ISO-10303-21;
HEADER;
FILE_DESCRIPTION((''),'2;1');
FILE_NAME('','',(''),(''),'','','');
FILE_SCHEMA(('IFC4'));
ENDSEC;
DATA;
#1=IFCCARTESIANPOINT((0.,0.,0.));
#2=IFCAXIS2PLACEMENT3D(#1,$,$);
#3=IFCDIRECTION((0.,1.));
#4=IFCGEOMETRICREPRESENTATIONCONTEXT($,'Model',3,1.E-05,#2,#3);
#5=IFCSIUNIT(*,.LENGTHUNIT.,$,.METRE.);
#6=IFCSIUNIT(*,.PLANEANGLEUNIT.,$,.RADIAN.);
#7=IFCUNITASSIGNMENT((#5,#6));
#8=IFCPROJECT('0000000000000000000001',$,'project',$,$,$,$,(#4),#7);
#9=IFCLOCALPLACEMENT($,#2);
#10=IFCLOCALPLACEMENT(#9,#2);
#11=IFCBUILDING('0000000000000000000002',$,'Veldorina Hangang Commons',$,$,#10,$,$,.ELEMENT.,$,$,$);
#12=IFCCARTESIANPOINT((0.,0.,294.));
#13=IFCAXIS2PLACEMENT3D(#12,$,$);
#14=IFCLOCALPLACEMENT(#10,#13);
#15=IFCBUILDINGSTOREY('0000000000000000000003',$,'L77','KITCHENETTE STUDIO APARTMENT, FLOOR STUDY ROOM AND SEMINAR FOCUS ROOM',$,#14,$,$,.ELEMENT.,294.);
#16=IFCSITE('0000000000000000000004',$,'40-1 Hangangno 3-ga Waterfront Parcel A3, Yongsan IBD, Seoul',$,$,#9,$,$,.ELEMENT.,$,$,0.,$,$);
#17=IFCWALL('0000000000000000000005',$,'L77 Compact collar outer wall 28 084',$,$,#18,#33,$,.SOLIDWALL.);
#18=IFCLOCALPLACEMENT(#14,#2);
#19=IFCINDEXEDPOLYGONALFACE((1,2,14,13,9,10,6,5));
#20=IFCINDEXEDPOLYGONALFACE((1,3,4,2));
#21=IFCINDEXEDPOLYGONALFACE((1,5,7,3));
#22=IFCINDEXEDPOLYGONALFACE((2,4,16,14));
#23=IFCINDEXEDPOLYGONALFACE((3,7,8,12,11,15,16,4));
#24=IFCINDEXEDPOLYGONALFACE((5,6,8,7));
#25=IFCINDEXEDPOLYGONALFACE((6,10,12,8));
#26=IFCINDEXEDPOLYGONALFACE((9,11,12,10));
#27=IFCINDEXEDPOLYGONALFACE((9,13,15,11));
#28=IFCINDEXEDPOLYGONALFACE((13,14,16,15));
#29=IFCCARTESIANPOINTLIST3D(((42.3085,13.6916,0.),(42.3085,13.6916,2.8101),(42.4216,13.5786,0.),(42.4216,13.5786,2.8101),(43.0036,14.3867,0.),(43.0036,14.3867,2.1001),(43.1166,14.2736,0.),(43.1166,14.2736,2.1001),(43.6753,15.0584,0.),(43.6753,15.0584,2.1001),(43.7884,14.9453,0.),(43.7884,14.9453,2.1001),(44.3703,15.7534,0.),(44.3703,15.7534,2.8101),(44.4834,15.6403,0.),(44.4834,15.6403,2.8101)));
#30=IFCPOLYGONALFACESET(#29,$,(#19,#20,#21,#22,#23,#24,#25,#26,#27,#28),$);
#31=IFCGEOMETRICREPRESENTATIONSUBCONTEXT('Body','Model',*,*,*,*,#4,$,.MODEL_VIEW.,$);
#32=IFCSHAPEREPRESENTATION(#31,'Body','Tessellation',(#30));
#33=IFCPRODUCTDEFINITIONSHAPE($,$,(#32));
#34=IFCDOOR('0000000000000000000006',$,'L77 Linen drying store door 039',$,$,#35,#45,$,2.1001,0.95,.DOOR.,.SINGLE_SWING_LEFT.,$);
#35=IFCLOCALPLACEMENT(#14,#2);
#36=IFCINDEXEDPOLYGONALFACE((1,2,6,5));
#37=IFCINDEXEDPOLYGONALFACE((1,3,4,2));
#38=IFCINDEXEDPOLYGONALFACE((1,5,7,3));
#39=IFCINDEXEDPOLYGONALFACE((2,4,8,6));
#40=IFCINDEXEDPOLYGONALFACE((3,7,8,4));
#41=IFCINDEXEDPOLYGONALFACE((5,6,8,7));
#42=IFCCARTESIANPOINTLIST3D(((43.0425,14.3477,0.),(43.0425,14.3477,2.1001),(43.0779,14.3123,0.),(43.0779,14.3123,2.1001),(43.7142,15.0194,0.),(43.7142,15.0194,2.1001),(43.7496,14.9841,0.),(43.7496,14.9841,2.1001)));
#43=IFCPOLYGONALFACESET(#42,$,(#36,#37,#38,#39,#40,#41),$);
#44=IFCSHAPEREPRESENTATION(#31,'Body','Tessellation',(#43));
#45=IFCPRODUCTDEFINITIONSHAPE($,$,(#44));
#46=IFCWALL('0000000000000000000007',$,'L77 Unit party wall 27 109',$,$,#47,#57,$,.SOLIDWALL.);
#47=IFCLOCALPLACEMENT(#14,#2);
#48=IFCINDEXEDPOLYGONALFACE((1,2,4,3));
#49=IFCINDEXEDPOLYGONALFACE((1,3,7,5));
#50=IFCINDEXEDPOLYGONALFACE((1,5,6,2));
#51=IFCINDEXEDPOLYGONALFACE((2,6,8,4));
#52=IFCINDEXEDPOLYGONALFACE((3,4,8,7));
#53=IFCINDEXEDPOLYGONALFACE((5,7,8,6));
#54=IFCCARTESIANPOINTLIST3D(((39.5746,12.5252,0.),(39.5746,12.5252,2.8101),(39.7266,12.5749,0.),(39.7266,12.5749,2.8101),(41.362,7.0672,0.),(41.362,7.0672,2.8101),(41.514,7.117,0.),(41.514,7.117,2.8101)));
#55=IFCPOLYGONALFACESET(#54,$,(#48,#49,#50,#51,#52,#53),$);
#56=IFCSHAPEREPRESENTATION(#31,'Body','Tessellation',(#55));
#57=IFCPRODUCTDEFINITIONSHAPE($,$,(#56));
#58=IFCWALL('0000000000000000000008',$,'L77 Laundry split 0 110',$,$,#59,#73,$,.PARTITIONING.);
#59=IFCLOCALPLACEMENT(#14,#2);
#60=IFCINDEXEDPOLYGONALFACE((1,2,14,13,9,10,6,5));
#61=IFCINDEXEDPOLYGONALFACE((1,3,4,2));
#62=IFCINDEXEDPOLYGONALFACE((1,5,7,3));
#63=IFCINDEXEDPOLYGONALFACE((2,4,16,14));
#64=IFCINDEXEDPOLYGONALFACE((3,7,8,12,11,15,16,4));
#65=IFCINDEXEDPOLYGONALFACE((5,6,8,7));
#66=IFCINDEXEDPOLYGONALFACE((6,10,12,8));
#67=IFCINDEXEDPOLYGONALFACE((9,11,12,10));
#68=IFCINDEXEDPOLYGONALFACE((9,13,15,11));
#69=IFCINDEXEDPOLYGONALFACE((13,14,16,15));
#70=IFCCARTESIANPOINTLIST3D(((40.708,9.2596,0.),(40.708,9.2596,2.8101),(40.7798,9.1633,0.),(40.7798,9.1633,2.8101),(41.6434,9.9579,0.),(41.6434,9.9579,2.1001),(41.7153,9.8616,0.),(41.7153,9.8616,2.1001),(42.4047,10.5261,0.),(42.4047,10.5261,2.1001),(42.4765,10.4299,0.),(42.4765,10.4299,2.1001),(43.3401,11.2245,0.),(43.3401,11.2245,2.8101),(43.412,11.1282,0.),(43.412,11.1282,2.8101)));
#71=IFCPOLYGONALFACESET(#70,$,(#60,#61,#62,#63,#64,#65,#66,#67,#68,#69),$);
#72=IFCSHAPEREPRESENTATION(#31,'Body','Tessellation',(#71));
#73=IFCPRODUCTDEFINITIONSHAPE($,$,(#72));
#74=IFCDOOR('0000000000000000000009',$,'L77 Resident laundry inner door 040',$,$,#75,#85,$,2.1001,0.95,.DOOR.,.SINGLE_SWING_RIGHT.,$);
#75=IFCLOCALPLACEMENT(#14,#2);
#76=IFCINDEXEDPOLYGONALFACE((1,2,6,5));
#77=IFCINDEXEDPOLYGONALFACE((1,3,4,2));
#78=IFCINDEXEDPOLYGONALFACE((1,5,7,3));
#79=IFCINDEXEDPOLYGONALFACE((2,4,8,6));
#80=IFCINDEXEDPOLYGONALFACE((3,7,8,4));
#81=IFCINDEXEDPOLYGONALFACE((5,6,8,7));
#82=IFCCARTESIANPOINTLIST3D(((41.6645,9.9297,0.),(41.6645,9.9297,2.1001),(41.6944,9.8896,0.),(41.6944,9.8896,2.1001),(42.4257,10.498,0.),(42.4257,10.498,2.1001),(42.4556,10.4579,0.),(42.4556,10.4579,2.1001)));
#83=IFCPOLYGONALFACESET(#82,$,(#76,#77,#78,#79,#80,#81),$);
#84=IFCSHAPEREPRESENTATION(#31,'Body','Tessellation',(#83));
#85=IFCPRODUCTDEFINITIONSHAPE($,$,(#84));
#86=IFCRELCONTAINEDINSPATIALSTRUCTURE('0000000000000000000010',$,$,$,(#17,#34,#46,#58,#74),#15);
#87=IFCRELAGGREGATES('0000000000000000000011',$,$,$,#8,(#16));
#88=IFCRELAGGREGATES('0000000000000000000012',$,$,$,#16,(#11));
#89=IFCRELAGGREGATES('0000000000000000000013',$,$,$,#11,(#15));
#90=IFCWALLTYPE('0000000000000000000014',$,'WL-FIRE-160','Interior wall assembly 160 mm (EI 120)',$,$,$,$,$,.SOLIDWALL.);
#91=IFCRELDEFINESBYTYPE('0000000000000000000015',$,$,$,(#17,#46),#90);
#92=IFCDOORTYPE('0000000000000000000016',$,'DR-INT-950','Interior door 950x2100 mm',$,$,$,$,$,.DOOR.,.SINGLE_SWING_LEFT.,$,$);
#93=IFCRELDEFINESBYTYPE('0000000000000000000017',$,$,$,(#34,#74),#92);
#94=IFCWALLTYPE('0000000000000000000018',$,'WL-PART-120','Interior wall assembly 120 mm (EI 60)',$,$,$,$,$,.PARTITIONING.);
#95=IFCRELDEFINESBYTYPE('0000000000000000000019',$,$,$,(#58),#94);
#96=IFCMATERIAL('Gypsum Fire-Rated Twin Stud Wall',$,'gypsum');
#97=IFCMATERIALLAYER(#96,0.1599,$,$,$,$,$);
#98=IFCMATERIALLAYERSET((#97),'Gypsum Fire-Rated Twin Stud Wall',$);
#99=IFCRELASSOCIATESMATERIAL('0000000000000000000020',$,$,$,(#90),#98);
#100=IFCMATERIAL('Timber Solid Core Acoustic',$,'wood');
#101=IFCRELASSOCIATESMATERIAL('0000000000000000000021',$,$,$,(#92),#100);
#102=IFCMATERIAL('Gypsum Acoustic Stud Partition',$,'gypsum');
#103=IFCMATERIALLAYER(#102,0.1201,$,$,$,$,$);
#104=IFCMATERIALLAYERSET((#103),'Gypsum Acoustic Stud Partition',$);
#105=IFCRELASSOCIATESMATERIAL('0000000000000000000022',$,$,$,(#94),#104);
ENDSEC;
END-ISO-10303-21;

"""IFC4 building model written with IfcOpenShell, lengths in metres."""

from ifc_helpers import new_model, si_unit, direction, frame, frame_2d, origin, place, context, subcontext, project, spatial, rectangle, extrude, material, layer, layer_set, type_object, element, fill, save


model = new_model("IFC4")

# Units and contexts
model_context = context("Model", 3, precision=1e-05, world=origin(), true_north=direction((0.0, 1.0)))
body_context = subcontext(model_context, "Body", "Model", "MODEL_VIEW")
ifc_project = project(units=[si_unit("LENGTHUNIT", "METRE"), si_unit("PLANEANGLEUNIT", "RADIAN")], contexts=[model_context])

# Site, building, storey
site_placement = place(None, origin())
site = spatial("IfcSite", under=ifc_project, at=site_placement, Name="40-1 Hangangno 3-ga Waterfront Parcel A3, Yongsan IBD, Seoul", CompositionType="ELEMENT", RefElevation=0.0)
building_placement = place(site_placement, origin())
building = spatial("IfcBuilding", under=site, at=building_placement, Name="Veldorina Hangang Commons", CompositionType="ELEMENT")
storey_placement = place(building_placement, frame((0.0, 0.0, 294.0)))
storey = spatial("IfcBuildingStorey", under=building, at=storey_placement, Name="L77", Description="KITCHENETTE STUDIO APARTMENT, FLOOR STUDY ROOM AND SEMINAR FOCUS ROOM", CompositionType="ELEMENT", Elevation=294.0)

# Shared definitions
ifc_material_1 = material(Name="Gypsum Fire-Rated Twin Stud Wall", Category="gypsum")
ifc_layer_1 = layer(ifc_material_1, 0.1599)
ifc_layer_set_1 = layer_set([ifc_layer_1], Name="Gypsum Fire-Rated Twin Stud Wall")
wall_type_1 = type_object("IfcWallType", Name="WL-FIRE-160", Description="Interior wall assembly 160 mm (EI 120)", PredefinedType="SOLIDWALL", material=ifc_layer_set_1)
ifc_material_2 = material(Name="Timber Solid Core Acoustic", Category="wood")

# Wall, opening, door
wall_1_placement = place(storey_placement, frame((42.365, 13.635, 0.0), z_axis=(0.0, 0.0, 1.0), x_axis=(0.707107, 0.707107, 0.0)))
wall_1 = element("IfcWall", 1, at=wall_1_placement, inside=storey, type_object=wall_type_1, Name="L77 Compact collar outer wall 28 084", PredefinedType="SOLIDWALL", context=body_context, shape_type="SweptSolid", body=[
    extrude(rectangle(XDim=2.9158, YDim=0.1599, at=frame_2d((1.458, 0.0))), origin(), (0.0, 0.0, 1.0), 2.8101),
])
opening_1_placement = place(wall_1_placement, frame((0.9829, 0.0, 0.0)))
opening_1 = element("IfcOpeningElement", 2, at=opening_1_placement, cuts=wall_1, PredefinedType="OPENING", context=body_context, shape_type="SweptSolid", body=[
    extrude(rectangle(XDim=0.95, YDim=2.1001, at=frame_2d((0.4751, 1.05))), frame((0.0, 0.0898, 0.0), z_axis=(0.0, -1.0, 0.0), x_axis=(1.0, 0.0, 0.0)), (0.0, 0.0, 1.0), 0.1799),
])
door_type_1 = type_object("IfcDoorType", Name="DR-INT-950", Description="Interior door 950x2100 mm", OperationType="SINGLE_SWING_LEFT", PredefinedType="DOOR", material=ifc_material_2)
door_1_placement = place(opening_1_placement, origin())
door_1 = element("IfcDoor", 3, at=door_1_placement, inside=storey, type_object=door_type_1, Name="L77 Linen drying store door 039", OperationType="SINGLE_SWING_LEFT", OverallHeight=2.1001, OverallWidth=0.95, PredefinedType="DOOR", context=body_context, shape_type="SweptSolid", body=[
    extrude(rectangle(XDim=0.95, YDim=2.1001, at=frame_2d((0.4751, 1.05))), frame((0.0, 0.0249, 0.0), z_axis=(0.0, -1.0, 0.0), x_axis=(1.0, 0.0, 0.0)), (0.0, 0.0, 1.0), 0.05),
])
fill(opening_1, door_1)

# Wall
wall_2_placement = place(storey_placement, frame((39.6506, 12.55, 0.0), z_axis=(0.0, 0.0, 1.0), x_axis=(0.311211, -0.950341, 0.0)))
element("IfcWall", 4, at=wall_2_placement, inside=storey, type_object=wall_type_1, Name="L77 Unit party wall 27 109", PredefinedType="SOLIDWALL", context=body_context, shape_type="SweptSolid", body=[
    extrude(rectangle(XDim=5.7432, YDim=0.1599, at=frame_2d((2.8716, 0.0))), origin(), (0.0, 0.0, 1.0), 2.8101),
])

# Wall, opening, door
ifc_material_3 = material(Name="Gypsum Acoustic Stud Partition", Category="gypsum")
ifc_layer_2 = layer(ifc_material_3, 0.1201)
ifc_layer_set_2 = layer_set([ifc_layer_2], Name="Gypsum Acoustic Stud Partition")
wall_type_2 = type_object("IfcWallType", Name="WL-PART-120", Description="Interior wall assembly 120 mm (EI 60)", PredefinedType="PARTITIONING", material=ifc_layer_set_2)
wall_3_placement = place(storey_placement, frame((40.7439, 9.2114, 0.0), z_axis=(0.0, 0.0, 1.0), x_axis=(0.801345, 0.598203, 0.0)))
wall_3 = element("IfcWall", 5, at=wall_3_placement, inside=storey, type_object=wall_type_2, Name="L77 Laundry split 0 110", PredefinedType="PARTITIONING", context=body_context, shape_type="SweptSolid", body=[
    extrude(rectangle(XDim=3.2847, YDim=0.1201, at=frame_2d((1.6423, 0.0))), origin(), (0.0, 0.0, 1.0), 2.8101),
])
opening_2_placement = place(wall_3_placement, frame((1.1672, 0.0, 0.0)))
opening_2 = element("IfcOpeningElement", 6, at=opening_2_placement, cuts=wall_3, PredefinedType="OPENING", context=body_context, shape_type="SweptSolid", body=[
    extrude(rectangle(XDim=0.95, YDim=2.1001, at=frame_2d((0.4751, 1.05))), frame((0.0, 0.0701, 0.0), z_axis=(0.0, -1.0, 0.0), x_axis=(1.0, 0.0, 0.0)), (0.0, 0.0, 1.0), 0.1401),
])
door_2_placement = place(opening_2_placement, origin())
door_2 = element("IfcDoor", 7, at=door_2_placement, inside=storey, type_object=door_type_1, Name="L77 Resident laundry inner door 040", OperationType="SINGLE_SWING_RIGHT", OverallHeight=2.1001, OverallWidth=0.95, PredefinedType="DOOR", context=body_context, shape_type="SweptSolid", body=[
    extrude(rectangle(XDim=0.95, YDim=2.1001, at=frame_2d((0.4751, 1.05))), frame((0.0, 0.0249, 0.0), z_axis=(0.0, -1.0, 0.0), x_axis=(1.0, 0.0, 0.0)), (0.0, 0.0, 1.0), 0.05),
])
fill(opening_2, door_2)

save(model, "model.ifc")
